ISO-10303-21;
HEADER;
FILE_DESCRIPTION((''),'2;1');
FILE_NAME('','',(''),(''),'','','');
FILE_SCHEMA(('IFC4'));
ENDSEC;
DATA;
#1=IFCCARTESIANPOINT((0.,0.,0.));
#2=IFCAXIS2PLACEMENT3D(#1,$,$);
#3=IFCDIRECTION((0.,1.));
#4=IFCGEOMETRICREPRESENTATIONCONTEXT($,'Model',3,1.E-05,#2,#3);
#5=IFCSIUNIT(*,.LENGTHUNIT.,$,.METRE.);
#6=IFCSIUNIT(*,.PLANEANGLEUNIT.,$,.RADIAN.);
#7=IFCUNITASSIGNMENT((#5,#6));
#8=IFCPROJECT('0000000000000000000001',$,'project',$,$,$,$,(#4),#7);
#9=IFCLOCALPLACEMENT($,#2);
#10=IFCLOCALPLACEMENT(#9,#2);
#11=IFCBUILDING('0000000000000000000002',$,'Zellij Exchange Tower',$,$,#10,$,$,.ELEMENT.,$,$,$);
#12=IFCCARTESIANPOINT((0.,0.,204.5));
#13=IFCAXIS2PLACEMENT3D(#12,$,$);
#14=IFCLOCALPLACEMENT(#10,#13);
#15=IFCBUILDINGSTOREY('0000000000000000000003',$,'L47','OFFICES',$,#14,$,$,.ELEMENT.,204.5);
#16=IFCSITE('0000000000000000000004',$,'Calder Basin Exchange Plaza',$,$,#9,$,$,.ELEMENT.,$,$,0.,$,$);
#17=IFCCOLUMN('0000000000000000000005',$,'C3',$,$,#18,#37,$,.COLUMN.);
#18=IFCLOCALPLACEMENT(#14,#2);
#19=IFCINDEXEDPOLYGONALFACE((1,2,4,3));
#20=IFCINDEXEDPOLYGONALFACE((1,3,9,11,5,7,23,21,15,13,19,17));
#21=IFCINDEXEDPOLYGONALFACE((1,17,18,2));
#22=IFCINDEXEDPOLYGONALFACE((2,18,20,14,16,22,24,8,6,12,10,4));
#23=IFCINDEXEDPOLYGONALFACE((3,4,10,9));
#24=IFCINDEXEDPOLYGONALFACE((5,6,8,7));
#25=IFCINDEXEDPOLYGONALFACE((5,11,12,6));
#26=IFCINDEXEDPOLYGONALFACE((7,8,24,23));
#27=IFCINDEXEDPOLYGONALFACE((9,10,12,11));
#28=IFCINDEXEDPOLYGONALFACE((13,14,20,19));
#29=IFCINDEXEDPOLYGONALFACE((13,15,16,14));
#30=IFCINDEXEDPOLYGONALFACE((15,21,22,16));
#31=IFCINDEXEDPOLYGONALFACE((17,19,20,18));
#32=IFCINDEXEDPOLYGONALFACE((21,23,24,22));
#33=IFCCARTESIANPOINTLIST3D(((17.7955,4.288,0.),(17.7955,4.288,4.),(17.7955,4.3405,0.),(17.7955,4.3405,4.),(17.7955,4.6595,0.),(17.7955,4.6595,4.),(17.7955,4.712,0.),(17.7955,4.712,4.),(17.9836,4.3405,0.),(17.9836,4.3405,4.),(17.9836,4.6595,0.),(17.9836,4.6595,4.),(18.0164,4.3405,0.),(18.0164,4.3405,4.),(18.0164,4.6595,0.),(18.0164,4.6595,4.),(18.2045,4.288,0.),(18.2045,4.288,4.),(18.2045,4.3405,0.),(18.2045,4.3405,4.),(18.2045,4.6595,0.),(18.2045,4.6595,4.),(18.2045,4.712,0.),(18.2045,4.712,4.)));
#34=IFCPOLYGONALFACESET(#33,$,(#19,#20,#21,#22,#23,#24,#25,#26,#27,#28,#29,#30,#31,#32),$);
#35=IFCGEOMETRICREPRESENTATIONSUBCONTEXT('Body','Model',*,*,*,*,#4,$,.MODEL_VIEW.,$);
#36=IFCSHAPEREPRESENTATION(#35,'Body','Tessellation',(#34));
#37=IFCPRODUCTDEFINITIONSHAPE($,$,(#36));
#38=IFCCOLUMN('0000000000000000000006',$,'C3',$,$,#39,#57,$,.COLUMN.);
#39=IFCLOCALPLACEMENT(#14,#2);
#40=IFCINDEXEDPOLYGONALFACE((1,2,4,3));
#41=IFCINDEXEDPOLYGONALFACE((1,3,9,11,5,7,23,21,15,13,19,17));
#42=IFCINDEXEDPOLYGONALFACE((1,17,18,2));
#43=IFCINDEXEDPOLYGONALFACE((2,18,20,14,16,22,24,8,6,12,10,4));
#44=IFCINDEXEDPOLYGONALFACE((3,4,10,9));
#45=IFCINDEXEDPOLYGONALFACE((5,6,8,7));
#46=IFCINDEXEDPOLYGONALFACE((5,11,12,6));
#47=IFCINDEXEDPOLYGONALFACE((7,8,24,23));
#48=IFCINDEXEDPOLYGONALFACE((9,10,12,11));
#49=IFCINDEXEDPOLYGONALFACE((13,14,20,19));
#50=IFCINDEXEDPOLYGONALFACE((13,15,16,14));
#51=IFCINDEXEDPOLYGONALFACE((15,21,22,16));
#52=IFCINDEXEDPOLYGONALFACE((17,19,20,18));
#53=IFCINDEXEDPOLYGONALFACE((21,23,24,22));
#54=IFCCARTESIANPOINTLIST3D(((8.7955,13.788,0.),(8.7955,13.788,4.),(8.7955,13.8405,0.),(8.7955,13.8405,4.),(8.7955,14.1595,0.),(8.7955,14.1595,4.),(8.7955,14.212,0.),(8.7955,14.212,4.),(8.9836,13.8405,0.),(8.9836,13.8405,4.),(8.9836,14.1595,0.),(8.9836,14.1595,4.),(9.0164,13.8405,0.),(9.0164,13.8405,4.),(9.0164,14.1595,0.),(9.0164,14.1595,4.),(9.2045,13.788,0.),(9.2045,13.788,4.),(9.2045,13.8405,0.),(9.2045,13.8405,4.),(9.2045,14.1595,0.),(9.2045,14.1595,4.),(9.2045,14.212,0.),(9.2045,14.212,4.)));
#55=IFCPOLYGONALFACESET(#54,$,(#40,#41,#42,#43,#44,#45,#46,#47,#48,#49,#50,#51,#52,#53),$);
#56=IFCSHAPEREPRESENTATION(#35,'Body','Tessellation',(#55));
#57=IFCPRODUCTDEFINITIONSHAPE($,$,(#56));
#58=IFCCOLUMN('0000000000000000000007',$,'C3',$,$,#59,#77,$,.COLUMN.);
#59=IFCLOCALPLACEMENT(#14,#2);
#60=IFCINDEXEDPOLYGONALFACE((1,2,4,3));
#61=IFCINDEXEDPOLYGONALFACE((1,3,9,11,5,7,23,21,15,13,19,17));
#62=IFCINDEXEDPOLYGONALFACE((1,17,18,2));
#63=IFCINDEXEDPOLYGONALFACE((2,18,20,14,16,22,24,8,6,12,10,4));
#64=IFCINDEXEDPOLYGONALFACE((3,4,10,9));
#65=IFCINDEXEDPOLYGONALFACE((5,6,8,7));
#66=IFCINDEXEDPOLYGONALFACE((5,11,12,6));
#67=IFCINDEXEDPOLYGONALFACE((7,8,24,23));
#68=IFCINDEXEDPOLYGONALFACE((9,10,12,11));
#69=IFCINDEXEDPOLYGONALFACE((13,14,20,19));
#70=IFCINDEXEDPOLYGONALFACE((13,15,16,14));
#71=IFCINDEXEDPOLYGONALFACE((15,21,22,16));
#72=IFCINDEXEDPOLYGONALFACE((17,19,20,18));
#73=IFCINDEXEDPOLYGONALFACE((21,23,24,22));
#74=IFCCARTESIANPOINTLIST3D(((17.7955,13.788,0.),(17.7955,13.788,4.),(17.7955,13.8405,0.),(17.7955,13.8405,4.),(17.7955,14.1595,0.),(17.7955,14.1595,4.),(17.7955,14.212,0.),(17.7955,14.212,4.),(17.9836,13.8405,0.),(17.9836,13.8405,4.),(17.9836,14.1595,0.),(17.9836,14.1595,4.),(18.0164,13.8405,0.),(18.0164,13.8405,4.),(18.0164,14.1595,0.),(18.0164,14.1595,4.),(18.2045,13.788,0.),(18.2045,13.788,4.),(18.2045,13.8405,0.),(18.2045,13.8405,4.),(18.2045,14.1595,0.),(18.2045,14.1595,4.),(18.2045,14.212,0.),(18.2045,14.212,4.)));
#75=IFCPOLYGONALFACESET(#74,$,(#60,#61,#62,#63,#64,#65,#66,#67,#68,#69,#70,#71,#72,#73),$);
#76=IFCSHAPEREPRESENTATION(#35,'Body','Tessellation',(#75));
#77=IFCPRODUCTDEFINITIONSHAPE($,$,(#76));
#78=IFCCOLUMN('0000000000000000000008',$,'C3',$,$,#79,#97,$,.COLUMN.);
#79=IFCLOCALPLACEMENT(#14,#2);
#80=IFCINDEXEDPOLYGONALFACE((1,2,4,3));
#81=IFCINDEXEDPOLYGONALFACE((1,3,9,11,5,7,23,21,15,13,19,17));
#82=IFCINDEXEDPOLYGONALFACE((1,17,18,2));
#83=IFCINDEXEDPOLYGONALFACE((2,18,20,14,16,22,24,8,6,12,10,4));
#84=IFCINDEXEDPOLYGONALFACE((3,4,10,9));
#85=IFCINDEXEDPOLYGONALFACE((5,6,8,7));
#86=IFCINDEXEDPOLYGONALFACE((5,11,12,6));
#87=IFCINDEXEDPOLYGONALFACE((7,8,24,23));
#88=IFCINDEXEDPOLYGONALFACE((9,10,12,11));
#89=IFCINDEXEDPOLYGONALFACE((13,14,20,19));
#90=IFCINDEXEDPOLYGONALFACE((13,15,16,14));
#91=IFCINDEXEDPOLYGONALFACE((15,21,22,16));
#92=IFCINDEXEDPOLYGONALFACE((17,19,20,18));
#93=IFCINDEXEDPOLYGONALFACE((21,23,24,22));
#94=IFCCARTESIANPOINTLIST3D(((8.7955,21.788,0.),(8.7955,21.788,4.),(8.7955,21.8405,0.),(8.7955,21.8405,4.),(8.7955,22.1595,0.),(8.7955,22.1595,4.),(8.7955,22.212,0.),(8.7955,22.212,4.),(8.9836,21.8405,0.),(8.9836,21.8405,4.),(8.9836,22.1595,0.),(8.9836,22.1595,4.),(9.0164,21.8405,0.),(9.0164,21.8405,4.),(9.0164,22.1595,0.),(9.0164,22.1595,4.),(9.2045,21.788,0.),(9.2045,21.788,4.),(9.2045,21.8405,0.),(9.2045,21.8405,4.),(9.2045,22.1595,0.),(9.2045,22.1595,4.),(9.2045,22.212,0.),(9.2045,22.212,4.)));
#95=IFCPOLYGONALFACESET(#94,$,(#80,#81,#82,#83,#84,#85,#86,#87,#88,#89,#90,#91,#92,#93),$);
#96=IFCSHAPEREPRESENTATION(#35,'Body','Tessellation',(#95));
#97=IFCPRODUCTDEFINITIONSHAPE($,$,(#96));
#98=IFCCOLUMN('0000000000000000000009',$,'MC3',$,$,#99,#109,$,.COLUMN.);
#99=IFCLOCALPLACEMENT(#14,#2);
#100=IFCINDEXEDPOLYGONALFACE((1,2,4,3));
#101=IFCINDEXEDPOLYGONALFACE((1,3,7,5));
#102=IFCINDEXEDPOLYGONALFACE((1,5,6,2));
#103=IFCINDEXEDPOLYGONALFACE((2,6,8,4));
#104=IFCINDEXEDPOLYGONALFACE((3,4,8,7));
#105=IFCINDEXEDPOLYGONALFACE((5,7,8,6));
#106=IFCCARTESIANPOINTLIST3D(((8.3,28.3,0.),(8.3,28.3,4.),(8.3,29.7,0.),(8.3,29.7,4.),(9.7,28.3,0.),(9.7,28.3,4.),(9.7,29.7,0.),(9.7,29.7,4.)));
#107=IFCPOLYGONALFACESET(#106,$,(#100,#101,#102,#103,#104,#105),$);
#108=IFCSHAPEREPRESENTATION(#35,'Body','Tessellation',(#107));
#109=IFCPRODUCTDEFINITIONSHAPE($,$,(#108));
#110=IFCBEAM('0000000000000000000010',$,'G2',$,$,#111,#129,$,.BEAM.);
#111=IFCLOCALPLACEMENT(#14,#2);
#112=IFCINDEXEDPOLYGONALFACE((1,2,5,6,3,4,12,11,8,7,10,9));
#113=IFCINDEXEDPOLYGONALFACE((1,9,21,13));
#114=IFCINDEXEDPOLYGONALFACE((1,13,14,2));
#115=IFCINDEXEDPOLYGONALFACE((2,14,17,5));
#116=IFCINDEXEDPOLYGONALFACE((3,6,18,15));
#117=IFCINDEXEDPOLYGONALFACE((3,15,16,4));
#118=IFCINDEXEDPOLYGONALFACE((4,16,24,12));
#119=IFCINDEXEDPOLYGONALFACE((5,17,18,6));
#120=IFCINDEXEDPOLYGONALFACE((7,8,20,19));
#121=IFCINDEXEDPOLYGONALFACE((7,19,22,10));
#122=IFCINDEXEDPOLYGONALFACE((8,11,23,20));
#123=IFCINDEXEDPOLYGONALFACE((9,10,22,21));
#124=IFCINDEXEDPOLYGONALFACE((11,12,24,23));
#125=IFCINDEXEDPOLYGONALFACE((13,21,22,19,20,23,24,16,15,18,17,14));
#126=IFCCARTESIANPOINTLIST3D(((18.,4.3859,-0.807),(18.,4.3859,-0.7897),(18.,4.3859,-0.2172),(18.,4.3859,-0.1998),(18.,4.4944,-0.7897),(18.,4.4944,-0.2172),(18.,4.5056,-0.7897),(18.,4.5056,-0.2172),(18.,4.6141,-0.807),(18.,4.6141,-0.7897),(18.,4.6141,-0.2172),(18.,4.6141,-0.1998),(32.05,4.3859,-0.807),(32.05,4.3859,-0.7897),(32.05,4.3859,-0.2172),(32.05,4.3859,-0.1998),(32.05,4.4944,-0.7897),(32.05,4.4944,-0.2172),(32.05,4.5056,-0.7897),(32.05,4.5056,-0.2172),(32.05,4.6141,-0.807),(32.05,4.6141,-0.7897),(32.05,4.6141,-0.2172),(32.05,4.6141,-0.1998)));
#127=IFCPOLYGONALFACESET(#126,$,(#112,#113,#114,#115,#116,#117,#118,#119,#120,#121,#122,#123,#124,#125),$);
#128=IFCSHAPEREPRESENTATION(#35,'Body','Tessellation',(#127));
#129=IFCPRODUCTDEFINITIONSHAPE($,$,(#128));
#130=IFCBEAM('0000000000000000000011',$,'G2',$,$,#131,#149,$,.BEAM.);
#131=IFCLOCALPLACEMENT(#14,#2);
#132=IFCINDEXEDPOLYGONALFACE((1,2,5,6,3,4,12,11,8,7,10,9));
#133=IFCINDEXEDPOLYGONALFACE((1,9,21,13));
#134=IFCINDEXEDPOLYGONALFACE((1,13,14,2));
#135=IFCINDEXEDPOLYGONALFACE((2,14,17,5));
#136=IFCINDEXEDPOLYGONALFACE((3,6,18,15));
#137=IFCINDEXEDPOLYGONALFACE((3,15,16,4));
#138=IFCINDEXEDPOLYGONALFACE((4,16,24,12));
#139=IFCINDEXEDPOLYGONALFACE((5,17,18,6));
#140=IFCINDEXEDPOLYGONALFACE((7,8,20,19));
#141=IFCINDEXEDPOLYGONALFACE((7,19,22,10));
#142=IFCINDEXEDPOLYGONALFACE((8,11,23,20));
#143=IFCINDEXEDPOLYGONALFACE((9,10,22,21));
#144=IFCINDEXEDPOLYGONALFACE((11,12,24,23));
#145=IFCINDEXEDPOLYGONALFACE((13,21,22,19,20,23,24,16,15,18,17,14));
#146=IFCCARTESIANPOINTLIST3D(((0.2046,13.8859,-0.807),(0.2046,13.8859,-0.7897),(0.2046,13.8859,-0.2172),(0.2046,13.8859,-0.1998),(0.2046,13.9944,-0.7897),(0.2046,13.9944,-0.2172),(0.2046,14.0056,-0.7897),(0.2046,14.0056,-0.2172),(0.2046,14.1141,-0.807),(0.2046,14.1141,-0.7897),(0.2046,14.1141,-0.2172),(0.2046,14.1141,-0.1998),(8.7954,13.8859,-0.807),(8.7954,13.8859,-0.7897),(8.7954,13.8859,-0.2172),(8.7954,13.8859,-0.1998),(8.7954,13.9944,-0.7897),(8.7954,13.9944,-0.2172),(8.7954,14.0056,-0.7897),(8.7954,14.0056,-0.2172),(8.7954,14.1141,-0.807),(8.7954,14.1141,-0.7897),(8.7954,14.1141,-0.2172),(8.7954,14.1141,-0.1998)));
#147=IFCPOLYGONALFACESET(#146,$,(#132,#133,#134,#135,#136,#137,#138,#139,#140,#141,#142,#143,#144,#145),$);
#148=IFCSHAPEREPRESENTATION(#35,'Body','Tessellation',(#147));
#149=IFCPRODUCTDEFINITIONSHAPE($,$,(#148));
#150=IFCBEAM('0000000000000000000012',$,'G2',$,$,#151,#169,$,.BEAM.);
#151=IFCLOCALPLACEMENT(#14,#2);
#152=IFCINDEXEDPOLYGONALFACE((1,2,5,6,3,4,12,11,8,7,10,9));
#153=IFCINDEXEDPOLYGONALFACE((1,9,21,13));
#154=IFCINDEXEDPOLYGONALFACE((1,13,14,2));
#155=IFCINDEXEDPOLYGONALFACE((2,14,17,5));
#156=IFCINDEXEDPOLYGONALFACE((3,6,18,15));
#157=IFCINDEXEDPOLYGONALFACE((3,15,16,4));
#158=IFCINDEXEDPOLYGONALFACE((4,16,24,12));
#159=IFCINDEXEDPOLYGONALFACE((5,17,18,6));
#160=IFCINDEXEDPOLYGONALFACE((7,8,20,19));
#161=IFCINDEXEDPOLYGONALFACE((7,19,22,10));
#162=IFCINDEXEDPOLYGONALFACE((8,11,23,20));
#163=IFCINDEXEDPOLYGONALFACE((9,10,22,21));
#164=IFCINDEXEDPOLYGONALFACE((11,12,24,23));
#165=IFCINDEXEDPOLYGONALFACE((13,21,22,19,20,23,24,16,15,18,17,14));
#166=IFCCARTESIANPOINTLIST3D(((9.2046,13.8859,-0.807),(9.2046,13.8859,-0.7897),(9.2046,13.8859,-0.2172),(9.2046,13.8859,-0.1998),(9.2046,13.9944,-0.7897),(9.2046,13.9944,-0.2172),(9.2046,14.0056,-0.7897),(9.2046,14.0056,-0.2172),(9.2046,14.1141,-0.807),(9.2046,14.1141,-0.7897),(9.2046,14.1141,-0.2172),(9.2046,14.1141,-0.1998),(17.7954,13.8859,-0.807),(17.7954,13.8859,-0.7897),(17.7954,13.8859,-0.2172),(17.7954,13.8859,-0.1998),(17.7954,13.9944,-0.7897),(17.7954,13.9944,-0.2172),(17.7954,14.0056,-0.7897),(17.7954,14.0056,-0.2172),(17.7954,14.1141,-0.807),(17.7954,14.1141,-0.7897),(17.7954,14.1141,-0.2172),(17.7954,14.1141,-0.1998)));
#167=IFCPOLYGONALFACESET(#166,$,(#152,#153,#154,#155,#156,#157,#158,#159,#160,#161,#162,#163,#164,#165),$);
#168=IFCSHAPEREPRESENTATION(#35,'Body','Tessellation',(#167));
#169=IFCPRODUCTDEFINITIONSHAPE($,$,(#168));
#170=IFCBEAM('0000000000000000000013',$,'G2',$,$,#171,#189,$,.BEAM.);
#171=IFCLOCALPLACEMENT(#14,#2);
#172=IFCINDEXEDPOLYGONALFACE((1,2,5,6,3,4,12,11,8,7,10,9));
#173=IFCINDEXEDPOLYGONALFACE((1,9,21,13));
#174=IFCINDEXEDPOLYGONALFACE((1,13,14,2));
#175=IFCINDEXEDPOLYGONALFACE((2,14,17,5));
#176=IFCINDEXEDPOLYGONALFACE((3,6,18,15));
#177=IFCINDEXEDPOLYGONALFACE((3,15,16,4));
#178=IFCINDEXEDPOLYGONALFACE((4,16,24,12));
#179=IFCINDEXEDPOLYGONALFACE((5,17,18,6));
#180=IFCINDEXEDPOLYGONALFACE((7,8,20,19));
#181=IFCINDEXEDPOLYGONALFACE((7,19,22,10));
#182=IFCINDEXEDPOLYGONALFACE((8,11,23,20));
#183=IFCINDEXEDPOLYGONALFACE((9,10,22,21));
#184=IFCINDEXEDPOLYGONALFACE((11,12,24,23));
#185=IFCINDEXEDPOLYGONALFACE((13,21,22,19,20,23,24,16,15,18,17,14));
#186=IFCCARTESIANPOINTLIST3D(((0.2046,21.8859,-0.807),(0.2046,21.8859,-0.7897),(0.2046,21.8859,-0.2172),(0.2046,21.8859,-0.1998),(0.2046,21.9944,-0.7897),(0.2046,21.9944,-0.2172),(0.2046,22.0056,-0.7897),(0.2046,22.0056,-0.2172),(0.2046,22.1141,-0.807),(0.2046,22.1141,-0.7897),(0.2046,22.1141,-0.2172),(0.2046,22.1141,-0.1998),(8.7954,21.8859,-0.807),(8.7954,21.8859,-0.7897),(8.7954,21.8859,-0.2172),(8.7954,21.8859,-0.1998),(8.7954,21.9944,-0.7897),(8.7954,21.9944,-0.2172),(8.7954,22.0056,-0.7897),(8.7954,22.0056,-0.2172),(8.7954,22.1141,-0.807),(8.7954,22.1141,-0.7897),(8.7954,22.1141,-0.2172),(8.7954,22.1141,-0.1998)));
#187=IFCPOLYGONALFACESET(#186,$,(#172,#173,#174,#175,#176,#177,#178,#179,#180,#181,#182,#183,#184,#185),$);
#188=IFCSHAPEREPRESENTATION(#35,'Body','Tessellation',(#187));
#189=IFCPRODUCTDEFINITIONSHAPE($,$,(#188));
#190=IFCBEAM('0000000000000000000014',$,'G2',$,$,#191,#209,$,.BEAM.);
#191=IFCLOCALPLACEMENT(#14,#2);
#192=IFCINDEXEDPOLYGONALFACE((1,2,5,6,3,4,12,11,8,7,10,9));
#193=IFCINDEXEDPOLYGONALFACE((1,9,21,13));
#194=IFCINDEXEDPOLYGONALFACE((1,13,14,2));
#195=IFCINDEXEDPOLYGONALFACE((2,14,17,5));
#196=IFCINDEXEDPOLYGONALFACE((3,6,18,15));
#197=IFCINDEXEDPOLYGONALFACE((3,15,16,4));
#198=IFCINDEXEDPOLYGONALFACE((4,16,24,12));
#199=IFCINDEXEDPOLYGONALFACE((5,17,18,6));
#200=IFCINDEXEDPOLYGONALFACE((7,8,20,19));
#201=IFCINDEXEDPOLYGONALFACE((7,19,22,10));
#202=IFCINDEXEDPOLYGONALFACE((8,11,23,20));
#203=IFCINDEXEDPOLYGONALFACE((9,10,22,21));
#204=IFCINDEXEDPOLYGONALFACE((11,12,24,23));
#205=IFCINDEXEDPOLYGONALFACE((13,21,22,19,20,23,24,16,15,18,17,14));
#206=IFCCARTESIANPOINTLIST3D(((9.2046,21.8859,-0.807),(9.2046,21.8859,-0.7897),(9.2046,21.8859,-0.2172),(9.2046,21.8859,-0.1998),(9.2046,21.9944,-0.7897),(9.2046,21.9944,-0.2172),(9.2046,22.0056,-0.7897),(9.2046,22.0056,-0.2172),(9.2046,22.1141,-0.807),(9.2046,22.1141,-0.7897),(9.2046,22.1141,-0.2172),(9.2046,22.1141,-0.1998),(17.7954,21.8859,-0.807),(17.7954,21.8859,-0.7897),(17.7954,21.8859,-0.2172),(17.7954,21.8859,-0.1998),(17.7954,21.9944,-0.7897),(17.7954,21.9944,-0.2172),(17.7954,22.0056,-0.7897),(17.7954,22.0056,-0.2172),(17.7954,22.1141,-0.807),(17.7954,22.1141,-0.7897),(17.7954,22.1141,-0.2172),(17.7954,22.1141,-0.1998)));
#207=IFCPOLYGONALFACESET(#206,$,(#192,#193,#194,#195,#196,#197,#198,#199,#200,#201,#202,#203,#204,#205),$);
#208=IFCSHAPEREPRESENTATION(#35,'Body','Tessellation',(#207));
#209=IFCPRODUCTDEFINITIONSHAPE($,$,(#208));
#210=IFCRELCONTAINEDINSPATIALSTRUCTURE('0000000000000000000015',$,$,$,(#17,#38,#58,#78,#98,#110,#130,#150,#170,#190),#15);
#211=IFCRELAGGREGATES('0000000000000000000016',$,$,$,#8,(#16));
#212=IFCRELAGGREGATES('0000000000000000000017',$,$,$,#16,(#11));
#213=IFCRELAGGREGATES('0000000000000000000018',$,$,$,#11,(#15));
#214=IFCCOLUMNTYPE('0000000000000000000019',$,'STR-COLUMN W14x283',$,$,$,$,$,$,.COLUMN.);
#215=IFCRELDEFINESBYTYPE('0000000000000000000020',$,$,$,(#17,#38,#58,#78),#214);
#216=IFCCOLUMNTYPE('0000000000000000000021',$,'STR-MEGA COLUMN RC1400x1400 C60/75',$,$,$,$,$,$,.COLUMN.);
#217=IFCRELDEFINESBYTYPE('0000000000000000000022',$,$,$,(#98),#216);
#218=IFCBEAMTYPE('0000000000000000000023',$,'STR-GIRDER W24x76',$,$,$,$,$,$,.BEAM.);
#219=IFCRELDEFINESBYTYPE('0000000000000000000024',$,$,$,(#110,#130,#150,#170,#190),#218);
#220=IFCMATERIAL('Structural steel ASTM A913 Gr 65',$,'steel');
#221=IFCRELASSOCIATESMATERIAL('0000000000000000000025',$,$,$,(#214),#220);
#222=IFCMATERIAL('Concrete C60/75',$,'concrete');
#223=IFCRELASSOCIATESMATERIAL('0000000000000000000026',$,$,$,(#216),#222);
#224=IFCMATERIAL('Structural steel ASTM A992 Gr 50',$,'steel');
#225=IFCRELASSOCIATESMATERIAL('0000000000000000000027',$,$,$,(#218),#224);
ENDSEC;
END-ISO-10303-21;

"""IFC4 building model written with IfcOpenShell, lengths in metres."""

from ifc_helpers import new_model, si_unit, direction, frame, origin, origin_2d, place, context, subcontext, project, spatial, rectangle, i_section, extrude, material, material_profile, profile_set, type_object, element, save


model = new_model("IFC4")

# Units and contexts
model_context = context("Model", 3, precision=1e-05, world=origin(), true_north=direction((0.0, 1.0)))
body_context = subcontext(model_context, "Body", "Model", "MODEL_VIEW")
ifc_project = project(units=[si_unit("LENGTHUNIT", "METRE"), si_unit("PLANEANGLEUNIT", "RADIAN")], contexts=[model_context])

# Site, building, storey
site_placement = place(None, origin())
site = spatial("IfcSite", under=ifc_project, at=site_placement, Name="Calder Basin Exchange Plaza", CompositionType="ELEMENT", RefElevation=0.0)
building_placement = place(site_placement, origin())
building = spatial("IfcBuilding", under=site, at=building_placement, Name="Zellij Exchange Tower", CompositionType="ELEMENT")
storey_placement = place(building_placement, frame((0.0, 0.0, 204.5)))
storey = spatial("IfcBuildingStorey", under=building, at=storey_placement, Name="L47", Description="OFFICES", CompositionType="ELEMENT", Elevation=204.5)

# Columns
ifc_material_1 = material(Name="Structural steel ASTM A913 Gr 65", Category="steel")
ifc_material_profile_1 = material_profile(ifc_material_1, i_section(OverallWidth=0.4089, OverallDepth=0.4241, WebThickness=0.0327, FlangeThickness=0.0525, at=origin_2d()), Name="W14x283")
ifc_profile_set_1 = profile_set([ifc_material_profile_1], Name="Structural steel ASTM A913 Gr 65")
column_type_1 = type_object("IfcColumnType", Name="STR-COLUMN W14x283", PredefinedType="COLUMN", material=ifc_profile_set_1)
for number, where, z_axis, x_axis, name in (
    (1, (18.0, 4.5, 0.0), (0.0, 0.0, 1.0), (1.0, 0.0, 0.0), "C3"),
    (2, (9.0, 14.0, 0.0), (0.0, 0.0, 1.0), (1.0, 0.0, 0.0), "C3"),
    (3, (18.0, 14.0, 0.0), (0.0, 0.0, 1.0), (1.0, 0.0, 0.0), "C3"),
    (4, (9.0, 22.0, 0.0), (0.0, 0.0, 1.0), (1.0, 0.0, 0.0), "C3"),
):
    element("IfcColumn", number, at=place(storey_placement, frame(where, z_axis=z_axis, x_axis=x_axis)), inside=storey, type_object=column_type_1, Name=name, PredefinedType="COLUMN", context=body_context, shape_type="SweptSolid", body=[
        extrude(i_section(OverallWidth=0.4089, OverallDepth=0.4241, WebThickness=0.0327, FlangeThickness=0.0525, at=origin_2d()), origin(), (0.0, 0.0, 1.0), 4.0),
    ])
ifc_material_2 = material(Name="Concrete C60/75", Category="concrete")
ifc_material_profile_2 = material_profile(ifc_material_2, rectangle(XDim=1.3999, YDim=1.3999, at=origin_2d()), Name="STR-MEGA COLUMN RC1400x1400 C60/75")
ifc_profile_set_2 = profile_set([ifc_material_profile_2], Name="Concrete C60/75")
column_type_2 = type_object("IfcColumnType", Name="STR-MEGA COLUMN RC1400x1400 C60/75", PredefinedType="COLUMN", material=ifc_profile_set_2)
column_placement = place(storey_placement, frame((9.0, 29.0, 0.0), z_axis=(0.0, 0.0, 1.0), x_axis=(1.0, 0.0, 0.0)))
element("IfcColumn", 5, at=column_placement, inside=storey, type_object=column_type_2, Name="MC3", PredefinedType="COLUMN", context=body_context, shape_type="SweptSolid", body=[
    extrude(rectangle(XDim=1.3999, YDim=1.3999, at=origin_2d()), origin(), (0.0, 0.0, 1.0), 4.0),
])

# Beams
ifc_material_3 = material(Name="Structural steel ASTM A992 Gr 50", Category="steel")
ifc_material_profile_3 = material_profile(ifc_material_3, i_section(OverallWidth=0.2283, OverallDepth=0.6072, WebThickness=0.0112, FlangeThickness=0.0173, at=origin_2d()), Name="W24x76")
ifc_profile_set_3 = profile_set([ifc_material_profile_3], Name="Structural steel ASTM A992 Gr 50")
beam_type = type_object("IfcBeamType", Name="STR-GIRDER W24x76", PredefinedType="BEAM", material=ifc_profile_set_3)
beam_1_placement = place(storey_placement, frame((18.0, 4.5, -0.5034), z_axis=(1.0, 0.0, 0.0), x_axis=(0.0, 1.0, 0.0)))
element("IfcBeam", 6, at=beam_1_placement, inside=storey, type_object=beam_type, Name="G2", PredefinedType="BEAM", context=body_context, shape_type="SweptSolid", body=[
    extrude(i_section(OverallWidth=0.2283, OverallDepth=0.6072, WebThickness=0.0112, FlangeThickness=0.0173, at=origin_2d()), origin(), (0.0, 0.0, 1.0), 14.05),
])
for number, where, z_axis, x_axis, name in (
    (7, (0.2046, 14.0, -0.5034), (1.0, 0.0, 0.0), (0.0, 1.0, 0.0), "G2"),
    (8, (9.2046, 14.0, -0.5034), (1.0, 0.0, 0.0), (0.0, 1.0, 0.0), "G2"),
    (9, (0.2046, 22.0, -0.5034), (1.0, 0.0, 0.0), (0.0, 1.0, 0.0), "G2"),
    (10, (9.2046, 22.0, -0.5034), (1.0, 0.0, 0.0), (0.0, 1.0, 0.0), "G2"),
):
    element("IfcBeam", number, at=place(storey_placement, frame(where, z_axis=z_axis, x_axis=x_axis)), inside=storey, type_object=beam_type, Name=name, PredefinedType="BEAM", context=body_context, shape_type="SweptSolid", body=[
        extrude(i_section(OverallWidth=0.2283, OverallDepth=0.6072, WebThickness=0.0112, FlangeThickness=0.0173, at=origin_2d()), origin(), (0.0, 0.0, 1.0), 8.5908),
    ])

save(model, "model.ifc")
